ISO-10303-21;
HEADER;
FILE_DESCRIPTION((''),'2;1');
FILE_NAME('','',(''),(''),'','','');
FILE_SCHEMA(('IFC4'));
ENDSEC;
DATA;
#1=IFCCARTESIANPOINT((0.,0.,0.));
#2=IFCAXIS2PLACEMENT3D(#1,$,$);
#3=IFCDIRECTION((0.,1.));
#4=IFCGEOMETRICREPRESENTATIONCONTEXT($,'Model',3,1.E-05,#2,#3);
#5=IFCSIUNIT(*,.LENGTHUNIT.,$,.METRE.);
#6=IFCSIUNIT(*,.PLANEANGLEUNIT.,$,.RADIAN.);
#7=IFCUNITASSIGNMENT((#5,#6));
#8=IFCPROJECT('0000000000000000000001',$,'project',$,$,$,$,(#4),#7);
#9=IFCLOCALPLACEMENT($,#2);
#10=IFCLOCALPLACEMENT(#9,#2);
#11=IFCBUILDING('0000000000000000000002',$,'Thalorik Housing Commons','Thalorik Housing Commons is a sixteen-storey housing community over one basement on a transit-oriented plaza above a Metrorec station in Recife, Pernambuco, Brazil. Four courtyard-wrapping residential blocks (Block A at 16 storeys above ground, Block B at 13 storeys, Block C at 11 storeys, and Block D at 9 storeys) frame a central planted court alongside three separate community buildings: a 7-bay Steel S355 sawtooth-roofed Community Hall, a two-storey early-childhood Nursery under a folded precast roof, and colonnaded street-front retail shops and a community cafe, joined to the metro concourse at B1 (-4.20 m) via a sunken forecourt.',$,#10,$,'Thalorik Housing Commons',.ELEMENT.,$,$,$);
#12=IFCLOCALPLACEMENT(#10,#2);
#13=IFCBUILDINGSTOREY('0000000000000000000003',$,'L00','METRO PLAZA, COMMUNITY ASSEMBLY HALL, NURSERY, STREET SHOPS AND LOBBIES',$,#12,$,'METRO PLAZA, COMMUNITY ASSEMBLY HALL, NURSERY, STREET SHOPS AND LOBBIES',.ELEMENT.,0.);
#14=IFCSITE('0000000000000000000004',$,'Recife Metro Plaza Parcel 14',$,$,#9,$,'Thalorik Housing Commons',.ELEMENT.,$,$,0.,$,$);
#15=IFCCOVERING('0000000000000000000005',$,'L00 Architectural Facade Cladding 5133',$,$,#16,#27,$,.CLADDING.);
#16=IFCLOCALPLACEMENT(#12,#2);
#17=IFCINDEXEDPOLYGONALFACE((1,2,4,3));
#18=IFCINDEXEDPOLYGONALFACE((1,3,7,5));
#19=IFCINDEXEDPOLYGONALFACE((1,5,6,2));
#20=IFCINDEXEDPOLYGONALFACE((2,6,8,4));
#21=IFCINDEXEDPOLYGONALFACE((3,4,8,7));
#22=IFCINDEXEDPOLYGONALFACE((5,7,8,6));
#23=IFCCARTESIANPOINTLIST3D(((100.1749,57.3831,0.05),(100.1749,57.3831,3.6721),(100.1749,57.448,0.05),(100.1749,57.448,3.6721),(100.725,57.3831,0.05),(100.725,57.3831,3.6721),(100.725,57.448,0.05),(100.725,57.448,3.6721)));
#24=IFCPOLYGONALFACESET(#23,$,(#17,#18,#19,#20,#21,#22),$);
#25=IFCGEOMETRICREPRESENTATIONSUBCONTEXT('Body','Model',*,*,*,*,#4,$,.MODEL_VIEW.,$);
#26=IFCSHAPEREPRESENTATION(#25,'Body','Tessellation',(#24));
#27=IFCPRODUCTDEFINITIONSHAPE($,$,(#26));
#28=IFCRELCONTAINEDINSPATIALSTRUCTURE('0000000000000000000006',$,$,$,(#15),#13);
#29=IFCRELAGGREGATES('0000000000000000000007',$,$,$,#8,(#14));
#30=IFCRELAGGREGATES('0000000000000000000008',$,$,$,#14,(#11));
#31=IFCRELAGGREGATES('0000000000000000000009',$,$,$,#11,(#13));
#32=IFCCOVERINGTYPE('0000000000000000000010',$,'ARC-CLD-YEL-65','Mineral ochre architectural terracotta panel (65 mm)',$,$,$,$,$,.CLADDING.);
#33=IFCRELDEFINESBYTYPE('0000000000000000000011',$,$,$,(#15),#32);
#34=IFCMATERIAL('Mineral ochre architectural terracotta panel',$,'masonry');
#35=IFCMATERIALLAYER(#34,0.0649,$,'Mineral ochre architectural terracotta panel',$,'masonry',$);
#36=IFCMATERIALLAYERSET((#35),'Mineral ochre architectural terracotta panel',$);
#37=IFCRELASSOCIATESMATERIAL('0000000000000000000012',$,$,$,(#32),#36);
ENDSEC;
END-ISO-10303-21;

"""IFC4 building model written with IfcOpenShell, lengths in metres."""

from ifc_helpers import new_model, si_unit, direction, frame, origin, origin_2d, place, context, subcontext, project, spatial, rectangle, extrude, material, layer, layer_set, type_object, element, save


model = new_model("IFC4")

# Units and contexts
model_context = context("Model", 3, precision=1e-05, world=origin(), true_north=direction((0.0, 1.0)))
body_context = subcontext(model_context, "Body", "Model", "MODEL_VIEW")
ifc_project = project(units=[si_unit("LENGTHUNIT", "METRE"), si_unit("PLANEANGLEUNIT", "RADIAN")], contexts=[model_context])

# Site, building, storey
site_placement = place(None, origin())
site = spatial("IfcSite", under=ifc_project, at=site_placement, Name="Recife Metro Plaza Parcel 14", LongName="Thalorik Housing Commons", CompositionType="ELEMENT", RefElevation=0.0)
building_placement = place(site_placement, origin())
building = spatial("IfcBuilding", under=site, at=building_placement, Name="Thalorik Housing Commons", Description="Thalorik Housing Commons is a sixteen-storey housing community over one basement on a transit-oriented plaza above a Metrorec station in Recife, Pernambuco, Brazil. Four courtyard-wrapping residential blocks (Block A at 16 storeys above ground, Block B at 13 storeys, Block C at 11 storeys, and Block D at 9 storeys) frame a central planted court alongside three separate community buildings: a 7-bay Steel S355 sawtooth-roofed Community Hall, a two-storey early-childhood Nursery under a folded precast roof, and colonnaded street-front retail shops and a community cafe, joined to the metro concourse at B1 (-4.20 m) via a sunken forecourt.", LongName="Thalorik Housing Commons", CompositionType="ELEMENT")
storey_placement = place(building_placement, origin())
storey = spatial("IfcBuildingStorey", under=building, at=storey_placement, Name="L00", Description="METRO PLAZA, COMMUNITY ASSEMBLY HALL, NURSERY, STREET SHOPS AND LOBBIES", LongName="METRO PLAZA, COMMUNITY ASSEMBLY HALL, NURSERY, STREET SHOPS AND LOBBIES", CompositionType="ELEMENT", Elevation=0.0)

# Covering
ifc_material_1 = material(Name="Mineral ochre architectural terracotta panel", Category="masonry")
ifc_layer_1 = layer(ifc_material_1, 0.0649, Name="Mineral ochre architectural terracotta panel", Category="masonry")
ifc_layer_set_1 = layer_set([ifc_layer_1], Name="Mineral ochre architectural terracotta panel")
covering_type = type_object("IfcCoveringType", Name="ARC-CLD-YEL-65", Description="Mineral ochre architectural terracotta panel (65 mm)", PredefinedType="CLADDING", material=ifc_layer_set_1)
for number, where, z_axis, x_axis, name in (
    (1, (100.45, 57.4155, 0.05), (0.0, 0.0, 1.0), (1.0, 0.0, 0.0), "L00 Architectural Facade Cladding 5133"),
):
    element("IfcCovering", number, at=place(storey_placement, frame(where, z_axis=z_axis, x_axis=x_axis)), inside=storey, type_object=covering_type, Name=name, PredefinedType="CLADDING", context=body_context, shape_type="SweptSolid", body=[
        extrude(rectangle(XDim=0.55, YDim=0.0649, at=origin_2d()), origin(), (0.0, 0.0, 1.0), 3.6221),
    ])

save(model, "model.ifc")
